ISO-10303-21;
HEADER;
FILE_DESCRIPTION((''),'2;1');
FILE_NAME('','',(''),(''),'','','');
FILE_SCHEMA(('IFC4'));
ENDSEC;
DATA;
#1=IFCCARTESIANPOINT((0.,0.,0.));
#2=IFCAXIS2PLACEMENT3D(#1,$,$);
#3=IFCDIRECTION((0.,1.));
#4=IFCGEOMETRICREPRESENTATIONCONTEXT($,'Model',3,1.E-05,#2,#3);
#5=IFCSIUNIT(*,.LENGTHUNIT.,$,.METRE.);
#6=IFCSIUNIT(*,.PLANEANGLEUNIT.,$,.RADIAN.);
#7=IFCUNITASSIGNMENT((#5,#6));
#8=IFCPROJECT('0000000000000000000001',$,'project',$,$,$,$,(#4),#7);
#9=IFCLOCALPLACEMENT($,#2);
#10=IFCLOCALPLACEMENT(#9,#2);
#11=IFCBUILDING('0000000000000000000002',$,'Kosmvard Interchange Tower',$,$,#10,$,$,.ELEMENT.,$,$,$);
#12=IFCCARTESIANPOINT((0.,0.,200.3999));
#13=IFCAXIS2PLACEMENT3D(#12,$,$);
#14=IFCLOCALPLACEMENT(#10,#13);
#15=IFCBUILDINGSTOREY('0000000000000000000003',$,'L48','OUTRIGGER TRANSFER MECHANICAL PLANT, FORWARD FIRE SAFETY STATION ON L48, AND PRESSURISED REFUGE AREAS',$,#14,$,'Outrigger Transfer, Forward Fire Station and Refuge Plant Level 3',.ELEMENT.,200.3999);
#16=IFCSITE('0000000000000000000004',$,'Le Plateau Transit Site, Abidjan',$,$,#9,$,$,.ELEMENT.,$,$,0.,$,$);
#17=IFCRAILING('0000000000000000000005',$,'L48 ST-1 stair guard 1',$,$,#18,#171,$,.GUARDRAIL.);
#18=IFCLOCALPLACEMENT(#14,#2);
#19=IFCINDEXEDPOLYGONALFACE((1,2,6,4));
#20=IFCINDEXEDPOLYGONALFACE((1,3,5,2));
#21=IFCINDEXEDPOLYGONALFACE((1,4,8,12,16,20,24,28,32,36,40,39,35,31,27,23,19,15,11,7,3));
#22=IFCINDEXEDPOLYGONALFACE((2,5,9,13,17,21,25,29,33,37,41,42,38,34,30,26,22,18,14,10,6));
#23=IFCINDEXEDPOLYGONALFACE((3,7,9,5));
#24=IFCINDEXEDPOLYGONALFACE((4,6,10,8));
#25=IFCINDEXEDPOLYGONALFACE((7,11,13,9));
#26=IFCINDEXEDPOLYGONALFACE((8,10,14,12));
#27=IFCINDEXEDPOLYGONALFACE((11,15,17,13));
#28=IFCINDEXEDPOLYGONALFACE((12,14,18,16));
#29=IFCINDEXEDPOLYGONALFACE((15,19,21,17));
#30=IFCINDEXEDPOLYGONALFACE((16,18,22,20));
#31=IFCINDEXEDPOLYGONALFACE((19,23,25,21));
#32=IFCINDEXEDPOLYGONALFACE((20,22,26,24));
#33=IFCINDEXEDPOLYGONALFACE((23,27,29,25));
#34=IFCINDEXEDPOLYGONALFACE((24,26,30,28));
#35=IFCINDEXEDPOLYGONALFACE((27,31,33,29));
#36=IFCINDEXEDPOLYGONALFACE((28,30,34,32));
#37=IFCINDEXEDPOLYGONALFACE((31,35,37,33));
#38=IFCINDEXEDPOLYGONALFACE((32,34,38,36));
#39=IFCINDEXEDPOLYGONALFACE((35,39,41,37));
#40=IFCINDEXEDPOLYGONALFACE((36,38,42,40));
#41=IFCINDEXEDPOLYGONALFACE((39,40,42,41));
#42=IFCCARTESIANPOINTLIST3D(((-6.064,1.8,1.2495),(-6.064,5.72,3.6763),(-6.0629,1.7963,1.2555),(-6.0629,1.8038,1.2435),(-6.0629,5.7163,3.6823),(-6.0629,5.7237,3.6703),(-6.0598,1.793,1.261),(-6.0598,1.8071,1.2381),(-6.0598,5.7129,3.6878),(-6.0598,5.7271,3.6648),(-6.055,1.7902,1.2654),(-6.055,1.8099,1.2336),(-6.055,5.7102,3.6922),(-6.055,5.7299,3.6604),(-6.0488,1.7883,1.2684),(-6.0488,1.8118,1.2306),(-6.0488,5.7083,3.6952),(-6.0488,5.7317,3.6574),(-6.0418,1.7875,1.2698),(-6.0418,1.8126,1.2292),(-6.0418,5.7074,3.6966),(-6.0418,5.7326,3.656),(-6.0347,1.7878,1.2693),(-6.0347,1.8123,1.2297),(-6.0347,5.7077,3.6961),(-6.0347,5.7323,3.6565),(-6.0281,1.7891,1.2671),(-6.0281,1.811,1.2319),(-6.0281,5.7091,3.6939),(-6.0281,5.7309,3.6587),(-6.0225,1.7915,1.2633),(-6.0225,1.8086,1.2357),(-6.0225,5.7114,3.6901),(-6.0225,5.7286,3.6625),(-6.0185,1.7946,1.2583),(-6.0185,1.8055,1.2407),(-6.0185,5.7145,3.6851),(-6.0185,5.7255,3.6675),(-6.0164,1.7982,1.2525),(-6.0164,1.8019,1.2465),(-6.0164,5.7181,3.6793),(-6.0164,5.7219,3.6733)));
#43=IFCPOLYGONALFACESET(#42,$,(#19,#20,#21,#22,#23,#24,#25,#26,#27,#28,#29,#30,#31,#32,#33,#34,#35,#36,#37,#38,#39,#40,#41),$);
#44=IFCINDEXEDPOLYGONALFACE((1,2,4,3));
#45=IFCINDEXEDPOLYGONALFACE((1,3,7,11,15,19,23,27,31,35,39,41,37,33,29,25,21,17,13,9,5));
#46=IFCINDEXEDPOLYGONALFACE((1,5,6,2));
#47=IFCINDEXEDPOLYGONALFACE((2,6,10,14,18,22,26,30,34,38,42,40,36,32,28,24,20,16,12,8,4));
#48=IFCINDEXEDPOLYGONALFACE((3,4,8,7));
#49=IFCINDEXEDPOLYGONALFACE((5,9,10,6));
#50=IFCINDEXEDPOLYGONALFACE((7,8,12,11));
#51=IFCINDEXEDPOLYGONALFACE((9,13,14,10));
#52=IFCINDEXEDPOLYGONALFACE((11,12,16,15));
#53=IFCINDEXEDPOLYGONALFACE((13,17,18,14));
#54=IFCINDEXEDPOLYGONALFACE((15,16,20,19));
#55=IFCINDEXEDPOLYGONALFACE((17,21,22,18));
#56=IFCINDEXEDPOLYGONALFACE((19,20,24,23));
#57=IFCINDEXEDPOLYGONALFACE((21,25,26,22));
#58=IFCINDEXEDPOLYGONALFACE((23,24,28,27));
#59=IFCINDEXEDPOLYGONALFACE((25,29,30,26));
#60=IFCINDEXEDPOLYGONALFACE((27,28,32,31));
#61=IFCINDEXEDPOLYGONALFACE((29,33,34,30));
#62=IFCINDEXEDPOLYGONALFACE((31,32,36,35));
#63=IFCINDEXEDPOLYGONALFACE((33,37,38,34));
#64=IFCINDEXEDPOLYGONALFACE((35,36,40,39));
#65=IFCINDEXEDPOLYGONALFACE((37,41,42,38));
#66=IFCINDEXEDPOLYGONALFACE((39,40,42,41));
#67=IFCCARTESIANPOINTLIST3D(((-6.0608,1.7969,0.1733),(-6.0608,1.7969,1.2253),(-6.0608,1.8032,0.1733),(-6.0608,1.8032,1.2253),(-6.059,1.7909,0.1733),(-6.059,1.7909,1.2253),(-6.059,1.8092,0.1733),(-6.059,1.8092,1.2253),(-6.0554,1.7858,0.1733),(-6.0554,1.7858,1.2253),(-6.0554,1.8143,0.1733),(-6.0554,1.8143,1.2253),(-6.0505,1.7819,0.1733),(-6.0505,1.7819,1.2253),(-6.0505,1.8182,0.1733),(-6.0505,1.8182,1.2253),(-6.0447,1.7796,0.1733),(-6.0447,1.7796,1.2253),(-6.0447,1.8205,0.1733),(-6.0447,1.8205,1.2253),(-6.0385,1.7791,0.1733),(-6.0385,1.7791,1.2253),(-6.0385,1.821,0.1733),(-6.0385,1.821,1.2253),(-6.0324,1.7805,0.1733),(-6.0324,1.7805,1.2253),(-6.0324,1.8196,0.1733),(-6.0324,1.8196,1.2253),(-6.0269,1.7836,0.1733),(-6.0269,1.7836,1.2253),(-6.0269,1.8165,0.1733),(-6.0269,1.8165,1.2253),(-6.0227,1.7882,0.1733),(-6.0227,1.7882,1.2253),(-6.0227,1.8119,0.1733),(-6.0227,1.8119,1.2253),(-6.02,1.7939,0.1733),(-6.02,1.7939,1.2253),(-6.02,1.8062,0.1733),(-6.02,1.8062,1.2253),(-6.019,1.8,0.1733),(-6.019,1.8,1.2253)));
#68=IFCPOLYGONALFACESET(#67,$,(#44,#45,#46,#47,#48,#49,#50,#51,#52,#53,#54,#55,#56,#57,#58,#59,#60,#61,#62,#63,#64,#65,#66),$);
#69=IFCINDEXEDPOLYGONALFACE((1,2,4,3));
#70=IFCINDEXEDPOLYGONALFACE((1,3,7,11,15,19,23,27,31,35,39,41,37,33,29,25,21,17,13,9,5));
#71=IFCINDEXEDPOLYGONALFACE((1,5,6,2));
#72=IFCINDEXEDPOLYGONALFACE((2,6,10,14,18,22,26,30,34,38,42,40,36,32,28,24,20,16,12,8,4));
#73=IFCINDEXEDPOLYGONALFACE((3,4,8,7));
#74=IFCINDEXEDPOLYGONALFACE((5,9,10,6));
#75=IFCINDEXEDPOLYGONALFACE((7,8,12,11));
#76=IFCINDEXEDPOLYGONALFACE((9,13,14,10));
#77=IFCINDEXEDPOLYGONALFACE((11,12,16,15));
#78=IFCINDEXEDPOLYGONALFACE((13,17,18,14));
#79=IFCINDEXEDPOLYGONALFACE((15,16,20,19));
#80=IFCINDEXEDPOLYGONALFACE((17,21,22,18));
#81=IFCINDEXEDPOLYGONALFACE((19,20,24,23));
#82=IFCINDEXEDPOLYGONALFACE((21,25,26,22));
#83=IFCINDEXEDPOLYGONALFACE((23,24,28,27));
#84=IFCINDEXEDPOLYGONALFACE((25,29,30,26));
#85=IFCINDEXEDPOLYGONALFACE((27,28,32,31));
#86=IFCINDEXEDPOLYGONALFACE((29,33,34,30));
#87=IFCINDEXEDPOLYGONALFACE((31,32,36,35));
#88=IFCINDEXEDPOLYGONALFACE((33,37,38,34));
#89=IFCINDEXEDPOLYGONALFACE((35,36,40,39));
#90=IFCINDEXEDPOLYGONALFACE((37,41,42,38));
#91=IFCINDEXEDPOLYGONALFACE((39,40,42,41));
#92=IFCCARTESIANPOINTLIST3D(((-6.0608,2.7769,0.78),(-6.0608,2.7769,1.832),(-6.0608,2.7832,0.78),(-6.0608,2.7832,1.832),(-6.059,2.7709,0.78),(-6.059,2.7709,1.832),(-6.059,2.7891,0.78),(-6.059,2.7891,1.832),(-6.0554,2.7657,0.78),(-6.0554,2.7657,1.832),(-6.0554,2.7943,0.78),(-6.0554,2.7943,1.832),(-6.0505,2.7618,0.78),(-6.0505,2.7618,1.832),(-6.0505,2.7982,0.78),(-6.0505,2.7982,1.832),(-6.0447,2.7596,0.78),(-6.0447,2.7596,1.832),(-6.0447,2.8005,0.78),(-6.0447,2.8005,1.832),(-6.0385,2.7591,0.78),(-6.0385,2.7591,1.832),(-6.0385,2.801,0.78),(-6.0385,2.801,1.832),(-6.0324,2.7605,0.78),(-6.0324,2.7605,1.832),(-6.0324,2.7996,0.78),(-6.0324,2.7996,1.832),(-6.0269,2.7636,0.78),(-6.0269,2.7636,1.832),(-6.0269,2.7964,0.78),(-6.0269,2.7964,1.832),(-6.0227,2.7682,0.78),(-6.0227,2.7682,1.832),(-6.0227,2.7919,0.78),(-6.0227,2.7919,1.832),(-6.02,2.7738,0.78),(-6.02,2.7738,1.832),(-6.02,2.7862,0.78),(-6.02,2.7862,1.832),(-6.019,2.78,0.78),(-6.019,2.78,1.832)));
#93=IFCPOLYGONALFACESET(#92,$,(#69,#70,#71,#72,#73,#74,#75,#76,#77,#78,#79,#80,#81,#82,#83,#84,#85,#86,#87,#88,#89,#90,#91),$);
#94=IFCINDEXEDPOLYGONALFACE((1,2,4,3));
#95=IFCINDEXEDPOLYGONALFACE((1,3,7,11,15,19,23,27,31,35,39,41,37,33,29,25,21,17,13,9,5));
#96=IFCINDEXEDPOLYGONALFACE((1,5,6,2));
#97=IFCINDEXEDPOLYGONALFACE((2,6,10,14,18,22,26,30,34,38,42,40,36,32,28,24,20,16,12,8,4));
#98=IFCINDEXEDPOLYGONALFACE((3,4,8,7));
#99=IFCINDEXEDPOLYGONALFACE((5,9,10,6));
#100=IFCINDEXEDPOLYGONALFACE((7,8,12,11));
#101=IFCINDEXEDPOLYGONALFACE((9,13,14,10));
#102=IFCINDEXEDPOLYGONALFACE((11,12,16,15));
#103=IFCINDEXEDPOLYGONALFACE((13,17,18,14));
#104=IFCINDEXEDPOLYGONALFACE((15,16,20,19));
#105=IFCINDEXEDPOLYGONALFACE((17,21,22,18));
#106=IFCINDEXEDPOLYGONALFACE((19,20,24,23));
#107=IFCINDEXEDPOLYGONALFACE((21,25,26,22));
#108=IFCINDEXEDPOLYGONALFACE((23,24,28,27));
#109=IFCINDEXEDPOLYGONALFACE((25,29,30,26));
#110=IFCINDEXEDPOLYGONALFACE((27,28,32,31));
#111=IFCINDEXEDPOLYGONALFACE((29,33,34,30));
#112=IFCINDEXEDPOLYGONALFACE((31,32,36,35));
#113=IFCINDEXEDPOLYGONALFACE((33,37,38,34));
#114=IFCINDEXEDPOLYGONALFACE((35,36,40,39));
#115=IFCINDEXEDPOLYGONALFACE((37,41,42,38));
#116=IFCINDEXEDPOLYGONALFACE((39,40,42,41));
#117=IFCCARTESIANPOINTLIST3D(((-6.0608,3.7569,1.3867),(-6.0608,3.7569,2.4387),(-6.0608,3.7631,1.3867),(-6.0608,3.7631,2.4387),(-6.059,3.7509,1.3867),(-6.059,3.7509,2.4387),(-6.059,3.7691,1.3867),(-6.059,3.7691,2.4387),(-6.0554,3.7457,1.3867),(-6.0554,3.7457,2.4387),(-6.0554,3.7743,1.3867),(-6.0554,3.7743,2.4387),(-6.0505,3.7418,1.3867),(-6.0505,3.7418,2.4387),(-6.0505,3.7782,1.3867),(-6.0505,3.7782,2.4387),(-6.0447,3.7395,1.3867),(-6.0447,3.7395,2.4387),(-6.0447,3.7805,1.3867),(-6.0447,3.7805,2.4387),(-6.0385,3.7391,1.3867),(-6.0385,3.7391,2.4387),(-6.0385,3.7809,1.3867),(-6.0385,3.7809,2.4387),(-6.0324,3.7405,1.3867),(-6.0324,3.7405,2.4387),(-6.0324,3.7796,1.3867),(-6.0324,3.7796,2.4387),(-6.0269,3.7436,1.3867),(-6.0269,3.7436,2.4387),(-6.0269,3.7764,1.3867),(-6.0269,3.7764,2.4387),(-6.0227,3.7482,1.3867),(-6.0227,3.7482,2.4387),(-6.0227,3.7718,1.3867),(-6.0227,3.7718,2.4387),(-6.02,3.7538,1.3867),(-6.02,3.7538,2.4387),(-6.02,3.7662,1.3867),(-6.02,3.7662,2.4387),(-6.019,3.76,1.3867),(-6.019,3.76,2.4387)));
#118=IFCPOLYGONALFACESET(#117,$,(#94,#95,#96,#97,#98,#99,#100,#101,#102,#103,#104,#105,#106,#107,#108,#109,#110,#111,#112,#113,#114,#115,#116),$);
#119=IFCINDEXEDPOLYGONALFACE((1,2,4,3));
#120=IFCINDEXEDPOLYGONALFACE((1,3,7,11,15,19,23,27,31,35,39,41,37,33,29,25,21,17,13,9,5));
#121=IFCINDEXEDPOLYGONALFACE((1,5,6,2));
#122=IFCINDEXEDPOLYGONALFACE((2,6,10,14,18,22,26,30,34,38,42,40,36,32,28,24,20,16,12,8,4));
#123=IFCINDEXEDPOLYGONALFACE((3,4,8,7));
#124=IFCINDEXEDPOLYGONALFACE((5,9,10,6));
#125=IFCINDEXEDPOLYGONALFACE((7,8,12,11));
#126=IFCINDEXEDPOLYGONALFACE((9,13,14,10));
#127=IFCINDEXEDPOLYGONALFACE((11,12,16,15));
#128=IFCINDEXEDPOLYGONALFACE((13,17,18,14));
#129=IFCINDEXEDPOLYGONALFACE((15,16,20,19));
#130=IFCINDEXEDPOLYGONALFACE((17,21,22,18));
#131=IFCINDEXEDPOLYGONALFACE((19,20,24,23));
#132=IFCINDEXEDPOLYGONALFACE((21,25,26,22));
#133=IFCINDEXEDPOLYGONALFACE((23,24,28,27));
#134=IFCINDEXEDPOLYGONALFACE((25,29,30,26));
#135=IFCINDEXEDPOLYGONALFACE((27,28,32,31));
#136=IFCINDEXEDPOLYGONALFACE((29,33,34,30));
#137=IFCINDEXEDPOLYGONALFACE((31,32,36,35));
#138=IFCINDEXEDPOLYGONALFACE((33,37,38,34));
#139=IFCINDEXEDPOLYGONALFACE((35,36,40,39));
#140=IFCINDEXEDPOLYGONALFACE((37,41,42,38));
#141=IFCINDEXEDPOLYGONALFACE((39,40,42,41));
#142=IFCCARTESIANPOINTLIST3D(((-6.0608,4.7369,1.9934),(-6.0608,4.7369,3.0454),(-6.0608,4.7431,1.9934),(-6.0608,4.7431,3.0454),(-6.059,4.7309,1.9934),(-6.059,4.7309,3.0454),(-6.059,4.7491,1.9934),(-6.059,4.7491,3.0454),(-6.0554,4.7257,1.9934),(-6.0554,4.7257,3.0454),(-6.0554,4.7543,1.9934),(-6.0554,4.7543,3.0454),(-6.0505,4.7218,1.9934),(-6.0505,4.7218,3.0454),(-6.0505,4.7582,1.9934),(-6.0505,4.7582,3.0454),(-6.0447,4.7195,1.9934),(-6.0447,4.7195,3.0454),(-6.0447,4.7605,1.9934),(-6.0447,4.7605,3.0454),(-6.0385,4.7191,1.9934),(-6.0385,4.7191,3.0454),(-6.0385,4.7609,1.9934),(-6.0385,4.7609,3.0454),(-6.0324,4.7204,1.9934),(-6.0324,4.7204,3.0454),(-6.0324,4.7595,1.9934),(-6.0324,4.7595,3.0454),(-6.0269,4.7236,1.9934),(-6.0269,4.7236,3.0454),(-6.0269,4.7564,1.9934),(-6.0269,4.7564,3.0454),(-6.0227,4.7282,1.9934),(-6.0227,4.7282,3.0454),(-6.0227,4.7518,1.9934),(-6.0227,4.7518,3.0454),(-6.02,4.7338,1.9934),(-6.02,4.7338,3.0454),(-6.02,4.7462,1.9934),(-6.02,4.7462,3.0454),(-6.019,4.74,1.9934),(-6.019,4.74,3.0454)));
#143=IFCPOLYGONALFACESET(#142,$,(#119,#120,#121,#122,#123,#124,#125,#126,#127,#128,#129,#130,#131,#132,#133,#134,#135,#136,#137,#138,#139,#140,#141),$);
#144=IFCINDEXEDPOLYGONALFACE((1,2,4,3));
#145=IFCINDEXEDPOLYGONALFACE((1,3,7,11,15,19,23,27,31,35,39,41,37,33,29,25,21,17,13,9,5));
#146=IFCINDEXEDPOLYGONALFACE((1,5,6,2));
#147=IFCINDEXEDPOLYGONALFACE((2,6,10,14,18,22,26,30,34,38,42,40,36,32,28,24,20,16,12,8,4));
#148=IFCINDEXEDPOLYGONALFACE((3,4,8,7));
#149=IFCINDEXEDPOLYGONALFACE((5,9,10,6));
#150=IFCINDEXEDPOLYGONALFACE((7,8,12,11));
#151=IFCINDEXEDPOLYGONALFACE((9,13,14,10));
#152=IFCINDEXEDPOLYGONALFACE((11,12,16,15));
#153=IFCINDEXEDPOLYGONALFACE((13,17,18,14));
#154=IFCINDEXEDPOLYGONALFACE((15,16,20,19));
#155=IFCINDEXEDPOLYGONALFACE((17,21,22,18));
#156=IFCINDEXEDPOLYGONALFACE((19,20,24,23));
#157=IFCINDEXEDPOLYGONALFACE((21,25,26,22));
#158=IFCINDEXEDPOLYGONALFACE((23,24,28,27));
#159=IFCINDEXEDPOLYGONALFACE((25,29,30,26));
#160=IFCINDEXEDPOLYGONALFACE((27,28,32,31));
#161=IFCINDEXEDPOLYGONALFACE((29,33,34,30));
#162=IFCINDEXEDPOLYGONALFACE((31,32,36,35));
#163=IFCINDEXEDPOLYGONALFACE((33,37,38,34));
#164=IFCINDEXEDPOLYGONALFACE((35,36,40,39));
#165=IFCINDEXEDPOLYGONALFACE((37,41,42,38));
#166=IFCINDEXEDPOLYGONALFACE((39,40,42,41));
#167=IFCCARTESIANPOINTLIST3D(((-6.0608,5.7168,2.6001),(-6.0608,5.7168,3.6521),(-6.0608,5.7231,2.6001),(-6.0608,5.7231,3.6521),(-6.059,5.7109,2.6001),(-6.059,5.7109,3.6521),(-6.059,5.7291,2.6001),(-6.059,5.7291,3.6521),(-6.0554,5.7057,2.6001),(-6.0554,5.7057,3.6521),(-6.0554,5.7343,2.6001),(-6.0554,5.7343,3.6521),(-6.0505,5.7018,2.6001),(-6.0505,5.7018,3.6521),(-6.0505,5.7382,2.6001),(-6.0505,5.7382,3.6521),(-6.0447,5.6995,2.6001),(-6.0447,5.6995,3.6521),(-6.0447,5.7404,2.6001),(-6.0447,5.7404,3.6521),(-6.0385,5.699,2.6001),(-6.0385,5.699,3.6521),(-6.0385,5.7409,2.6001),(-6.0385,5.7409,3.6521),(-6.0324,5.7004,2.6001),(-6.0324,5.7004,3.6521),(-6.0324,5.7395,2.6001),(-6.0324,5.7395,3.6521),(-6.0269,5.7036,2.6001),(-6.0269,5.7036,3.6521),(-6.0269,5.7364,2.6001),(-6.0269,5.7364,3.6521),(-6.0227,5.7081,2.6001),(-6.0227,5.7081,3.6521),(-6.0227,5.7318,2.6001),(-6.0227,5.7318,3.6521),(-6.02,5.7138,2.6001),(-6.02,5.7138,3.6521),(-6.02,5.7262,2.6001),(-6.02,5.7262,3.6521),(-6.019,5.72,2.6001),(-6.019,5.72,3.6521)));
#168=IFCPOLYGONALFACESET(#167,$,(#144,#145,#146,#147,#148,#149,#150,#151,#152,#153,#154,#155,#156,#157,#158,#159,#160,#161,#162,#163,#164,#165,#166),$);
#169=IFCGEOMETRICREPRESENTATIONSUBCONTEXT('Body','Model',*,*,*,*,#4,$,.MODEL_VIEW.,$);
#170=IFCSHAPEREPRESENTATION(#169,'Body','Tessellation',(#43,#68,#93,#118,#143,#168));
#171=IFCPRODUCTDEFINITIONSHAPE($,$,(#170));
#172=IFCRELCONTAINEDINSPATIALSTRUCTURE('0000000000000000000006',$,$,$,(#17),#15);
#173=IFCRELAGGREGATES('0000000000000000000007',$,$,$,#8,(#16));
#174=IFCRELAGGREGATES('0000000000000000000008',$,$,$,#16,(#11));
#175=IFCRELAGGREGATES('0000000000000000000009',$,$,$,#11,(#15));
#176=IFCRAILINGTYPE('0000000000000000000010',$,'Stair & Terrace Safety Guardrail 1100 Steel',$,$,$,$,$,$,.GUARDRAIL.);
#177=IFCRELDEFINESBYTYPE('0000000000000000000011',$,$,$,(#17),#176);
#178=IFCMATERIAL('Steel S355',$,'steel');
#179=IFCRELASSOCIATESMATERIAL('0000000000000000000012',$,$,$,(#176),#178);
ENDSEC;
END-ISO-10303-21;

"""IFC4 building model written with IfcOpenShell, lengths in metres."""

from ifc_helpers import new_model, si_unit, direction, frame, origin, origin_2d, place, context, subcontext, project, spatial, circle, extrude, source, transform, mapped, material, type_object, element, save


model = new_model("IFC4")

# Units and contexts
model_context = context("Model", 3, precision=1e-05, world=origin(), true_north=direction((0.0, 1.0)))
body_context = subcontext(model_context, "Body", "Model", "MODEL_VIEW")
ifc_project = project(units=[si_unit("LENGTHUNIT", "METRE"), si_unit("PLANEANGLEUNIT", "RADIAN")], contexts=[model_context])

# Site, building, storey
site_placement = place(None, origin())
site = spatial("IfcSite", under=ifc_project, at=site_placement, Name="Le Plateau Transit Site, Abidjan", CompositionType="ELEMENT", RefElevation=0.0)
building_placement = place(site_placement, origin())
building = spatial("IfcBuilding", under=site, at=building_placement, Name="Kosmvard Interchange Tower", CompositionType="ELEMENT")
storey_placement = place(building_placement, frame((0.0, 0.0, 200.3999)))
storey = spatial("IfcBuildingStorey", under=building, at=storey_placement, Name="L48", Description="OUTRIGGER TRANSFER MECHANICAL PLANT, FORWARD FIRE SAFETY STATION ON L48, AND PRESSURISED REFUGE AREAS", LongName="Outrigger Transfer, Forward Fire Station and Refuge Plant Level 3", CompositionType="ELEMENT", Elevation=200.3999)

# Railing
ifc_material_1 = material(Name="Steel S355", Category="steel")
railing_type_1 = type_object("IfcRailingType", Name="Stair & Terrace Safety Guardrail 1100 Steel", PredefinedType="GUARDRAIL", material=ifc_material_1)
shared_shape_1 = source(origin(), body_context, "Body", "SweptSolid", [
    extrude(circle(Radius=0.0239, at=origin_2d()), frame((0.0, 0.0, 1.0762), z_axis=(0.0, 0.850252, 0.526376), x_axis=(-1.0, 0.0, 0.0)), (0.0, 0.0, 1.0), 4.6104),
    extrude(circle(Radius=0.021, at=origin_2d()), origin(), (0.0, 0.0, 1.0), 1.052),
    extrude(circle(Radius=0.021, at=origin_2d()), frame((0.0, 0.98, 0.6067)), (0.0, 0.0, 1.0), 1.052),
    extrude(circle(Radius=0.021, at=origin_2d()), frame((0.0, 1.96, 1.2134)), (0.0, 0.0, 1.0), 1.052),
    extrude(circle(Radius=0.021, at=origin_2d()), frame((0.0, 2.9399, 1.8201)), (0.0, 0.0, 1.0), 1.052),
    extrude(circle(Radius=0.021, at=origin_2d()), frame((0.0, 3.9199, 2.4268)), (0.0, 0.0, 1.0), 1.052),
])
railing_1_placement = place(storey_placement, frame((-6.04, 1.8, 0.1733)))
element("IfcRailing", 1, at=railing_1_placement, inside=storey, type_object=railing_type_1, Name="L48 ST-1 stair guard 1", PredefinedType="GUARDRAIL", context=body_context, shape_type="MappedRepresentation", body=[
    mapped(shared_shape_1, transform((0.0, 0.0, 0.0), scale=1.0)),
])

save(model, "model.ifc")
